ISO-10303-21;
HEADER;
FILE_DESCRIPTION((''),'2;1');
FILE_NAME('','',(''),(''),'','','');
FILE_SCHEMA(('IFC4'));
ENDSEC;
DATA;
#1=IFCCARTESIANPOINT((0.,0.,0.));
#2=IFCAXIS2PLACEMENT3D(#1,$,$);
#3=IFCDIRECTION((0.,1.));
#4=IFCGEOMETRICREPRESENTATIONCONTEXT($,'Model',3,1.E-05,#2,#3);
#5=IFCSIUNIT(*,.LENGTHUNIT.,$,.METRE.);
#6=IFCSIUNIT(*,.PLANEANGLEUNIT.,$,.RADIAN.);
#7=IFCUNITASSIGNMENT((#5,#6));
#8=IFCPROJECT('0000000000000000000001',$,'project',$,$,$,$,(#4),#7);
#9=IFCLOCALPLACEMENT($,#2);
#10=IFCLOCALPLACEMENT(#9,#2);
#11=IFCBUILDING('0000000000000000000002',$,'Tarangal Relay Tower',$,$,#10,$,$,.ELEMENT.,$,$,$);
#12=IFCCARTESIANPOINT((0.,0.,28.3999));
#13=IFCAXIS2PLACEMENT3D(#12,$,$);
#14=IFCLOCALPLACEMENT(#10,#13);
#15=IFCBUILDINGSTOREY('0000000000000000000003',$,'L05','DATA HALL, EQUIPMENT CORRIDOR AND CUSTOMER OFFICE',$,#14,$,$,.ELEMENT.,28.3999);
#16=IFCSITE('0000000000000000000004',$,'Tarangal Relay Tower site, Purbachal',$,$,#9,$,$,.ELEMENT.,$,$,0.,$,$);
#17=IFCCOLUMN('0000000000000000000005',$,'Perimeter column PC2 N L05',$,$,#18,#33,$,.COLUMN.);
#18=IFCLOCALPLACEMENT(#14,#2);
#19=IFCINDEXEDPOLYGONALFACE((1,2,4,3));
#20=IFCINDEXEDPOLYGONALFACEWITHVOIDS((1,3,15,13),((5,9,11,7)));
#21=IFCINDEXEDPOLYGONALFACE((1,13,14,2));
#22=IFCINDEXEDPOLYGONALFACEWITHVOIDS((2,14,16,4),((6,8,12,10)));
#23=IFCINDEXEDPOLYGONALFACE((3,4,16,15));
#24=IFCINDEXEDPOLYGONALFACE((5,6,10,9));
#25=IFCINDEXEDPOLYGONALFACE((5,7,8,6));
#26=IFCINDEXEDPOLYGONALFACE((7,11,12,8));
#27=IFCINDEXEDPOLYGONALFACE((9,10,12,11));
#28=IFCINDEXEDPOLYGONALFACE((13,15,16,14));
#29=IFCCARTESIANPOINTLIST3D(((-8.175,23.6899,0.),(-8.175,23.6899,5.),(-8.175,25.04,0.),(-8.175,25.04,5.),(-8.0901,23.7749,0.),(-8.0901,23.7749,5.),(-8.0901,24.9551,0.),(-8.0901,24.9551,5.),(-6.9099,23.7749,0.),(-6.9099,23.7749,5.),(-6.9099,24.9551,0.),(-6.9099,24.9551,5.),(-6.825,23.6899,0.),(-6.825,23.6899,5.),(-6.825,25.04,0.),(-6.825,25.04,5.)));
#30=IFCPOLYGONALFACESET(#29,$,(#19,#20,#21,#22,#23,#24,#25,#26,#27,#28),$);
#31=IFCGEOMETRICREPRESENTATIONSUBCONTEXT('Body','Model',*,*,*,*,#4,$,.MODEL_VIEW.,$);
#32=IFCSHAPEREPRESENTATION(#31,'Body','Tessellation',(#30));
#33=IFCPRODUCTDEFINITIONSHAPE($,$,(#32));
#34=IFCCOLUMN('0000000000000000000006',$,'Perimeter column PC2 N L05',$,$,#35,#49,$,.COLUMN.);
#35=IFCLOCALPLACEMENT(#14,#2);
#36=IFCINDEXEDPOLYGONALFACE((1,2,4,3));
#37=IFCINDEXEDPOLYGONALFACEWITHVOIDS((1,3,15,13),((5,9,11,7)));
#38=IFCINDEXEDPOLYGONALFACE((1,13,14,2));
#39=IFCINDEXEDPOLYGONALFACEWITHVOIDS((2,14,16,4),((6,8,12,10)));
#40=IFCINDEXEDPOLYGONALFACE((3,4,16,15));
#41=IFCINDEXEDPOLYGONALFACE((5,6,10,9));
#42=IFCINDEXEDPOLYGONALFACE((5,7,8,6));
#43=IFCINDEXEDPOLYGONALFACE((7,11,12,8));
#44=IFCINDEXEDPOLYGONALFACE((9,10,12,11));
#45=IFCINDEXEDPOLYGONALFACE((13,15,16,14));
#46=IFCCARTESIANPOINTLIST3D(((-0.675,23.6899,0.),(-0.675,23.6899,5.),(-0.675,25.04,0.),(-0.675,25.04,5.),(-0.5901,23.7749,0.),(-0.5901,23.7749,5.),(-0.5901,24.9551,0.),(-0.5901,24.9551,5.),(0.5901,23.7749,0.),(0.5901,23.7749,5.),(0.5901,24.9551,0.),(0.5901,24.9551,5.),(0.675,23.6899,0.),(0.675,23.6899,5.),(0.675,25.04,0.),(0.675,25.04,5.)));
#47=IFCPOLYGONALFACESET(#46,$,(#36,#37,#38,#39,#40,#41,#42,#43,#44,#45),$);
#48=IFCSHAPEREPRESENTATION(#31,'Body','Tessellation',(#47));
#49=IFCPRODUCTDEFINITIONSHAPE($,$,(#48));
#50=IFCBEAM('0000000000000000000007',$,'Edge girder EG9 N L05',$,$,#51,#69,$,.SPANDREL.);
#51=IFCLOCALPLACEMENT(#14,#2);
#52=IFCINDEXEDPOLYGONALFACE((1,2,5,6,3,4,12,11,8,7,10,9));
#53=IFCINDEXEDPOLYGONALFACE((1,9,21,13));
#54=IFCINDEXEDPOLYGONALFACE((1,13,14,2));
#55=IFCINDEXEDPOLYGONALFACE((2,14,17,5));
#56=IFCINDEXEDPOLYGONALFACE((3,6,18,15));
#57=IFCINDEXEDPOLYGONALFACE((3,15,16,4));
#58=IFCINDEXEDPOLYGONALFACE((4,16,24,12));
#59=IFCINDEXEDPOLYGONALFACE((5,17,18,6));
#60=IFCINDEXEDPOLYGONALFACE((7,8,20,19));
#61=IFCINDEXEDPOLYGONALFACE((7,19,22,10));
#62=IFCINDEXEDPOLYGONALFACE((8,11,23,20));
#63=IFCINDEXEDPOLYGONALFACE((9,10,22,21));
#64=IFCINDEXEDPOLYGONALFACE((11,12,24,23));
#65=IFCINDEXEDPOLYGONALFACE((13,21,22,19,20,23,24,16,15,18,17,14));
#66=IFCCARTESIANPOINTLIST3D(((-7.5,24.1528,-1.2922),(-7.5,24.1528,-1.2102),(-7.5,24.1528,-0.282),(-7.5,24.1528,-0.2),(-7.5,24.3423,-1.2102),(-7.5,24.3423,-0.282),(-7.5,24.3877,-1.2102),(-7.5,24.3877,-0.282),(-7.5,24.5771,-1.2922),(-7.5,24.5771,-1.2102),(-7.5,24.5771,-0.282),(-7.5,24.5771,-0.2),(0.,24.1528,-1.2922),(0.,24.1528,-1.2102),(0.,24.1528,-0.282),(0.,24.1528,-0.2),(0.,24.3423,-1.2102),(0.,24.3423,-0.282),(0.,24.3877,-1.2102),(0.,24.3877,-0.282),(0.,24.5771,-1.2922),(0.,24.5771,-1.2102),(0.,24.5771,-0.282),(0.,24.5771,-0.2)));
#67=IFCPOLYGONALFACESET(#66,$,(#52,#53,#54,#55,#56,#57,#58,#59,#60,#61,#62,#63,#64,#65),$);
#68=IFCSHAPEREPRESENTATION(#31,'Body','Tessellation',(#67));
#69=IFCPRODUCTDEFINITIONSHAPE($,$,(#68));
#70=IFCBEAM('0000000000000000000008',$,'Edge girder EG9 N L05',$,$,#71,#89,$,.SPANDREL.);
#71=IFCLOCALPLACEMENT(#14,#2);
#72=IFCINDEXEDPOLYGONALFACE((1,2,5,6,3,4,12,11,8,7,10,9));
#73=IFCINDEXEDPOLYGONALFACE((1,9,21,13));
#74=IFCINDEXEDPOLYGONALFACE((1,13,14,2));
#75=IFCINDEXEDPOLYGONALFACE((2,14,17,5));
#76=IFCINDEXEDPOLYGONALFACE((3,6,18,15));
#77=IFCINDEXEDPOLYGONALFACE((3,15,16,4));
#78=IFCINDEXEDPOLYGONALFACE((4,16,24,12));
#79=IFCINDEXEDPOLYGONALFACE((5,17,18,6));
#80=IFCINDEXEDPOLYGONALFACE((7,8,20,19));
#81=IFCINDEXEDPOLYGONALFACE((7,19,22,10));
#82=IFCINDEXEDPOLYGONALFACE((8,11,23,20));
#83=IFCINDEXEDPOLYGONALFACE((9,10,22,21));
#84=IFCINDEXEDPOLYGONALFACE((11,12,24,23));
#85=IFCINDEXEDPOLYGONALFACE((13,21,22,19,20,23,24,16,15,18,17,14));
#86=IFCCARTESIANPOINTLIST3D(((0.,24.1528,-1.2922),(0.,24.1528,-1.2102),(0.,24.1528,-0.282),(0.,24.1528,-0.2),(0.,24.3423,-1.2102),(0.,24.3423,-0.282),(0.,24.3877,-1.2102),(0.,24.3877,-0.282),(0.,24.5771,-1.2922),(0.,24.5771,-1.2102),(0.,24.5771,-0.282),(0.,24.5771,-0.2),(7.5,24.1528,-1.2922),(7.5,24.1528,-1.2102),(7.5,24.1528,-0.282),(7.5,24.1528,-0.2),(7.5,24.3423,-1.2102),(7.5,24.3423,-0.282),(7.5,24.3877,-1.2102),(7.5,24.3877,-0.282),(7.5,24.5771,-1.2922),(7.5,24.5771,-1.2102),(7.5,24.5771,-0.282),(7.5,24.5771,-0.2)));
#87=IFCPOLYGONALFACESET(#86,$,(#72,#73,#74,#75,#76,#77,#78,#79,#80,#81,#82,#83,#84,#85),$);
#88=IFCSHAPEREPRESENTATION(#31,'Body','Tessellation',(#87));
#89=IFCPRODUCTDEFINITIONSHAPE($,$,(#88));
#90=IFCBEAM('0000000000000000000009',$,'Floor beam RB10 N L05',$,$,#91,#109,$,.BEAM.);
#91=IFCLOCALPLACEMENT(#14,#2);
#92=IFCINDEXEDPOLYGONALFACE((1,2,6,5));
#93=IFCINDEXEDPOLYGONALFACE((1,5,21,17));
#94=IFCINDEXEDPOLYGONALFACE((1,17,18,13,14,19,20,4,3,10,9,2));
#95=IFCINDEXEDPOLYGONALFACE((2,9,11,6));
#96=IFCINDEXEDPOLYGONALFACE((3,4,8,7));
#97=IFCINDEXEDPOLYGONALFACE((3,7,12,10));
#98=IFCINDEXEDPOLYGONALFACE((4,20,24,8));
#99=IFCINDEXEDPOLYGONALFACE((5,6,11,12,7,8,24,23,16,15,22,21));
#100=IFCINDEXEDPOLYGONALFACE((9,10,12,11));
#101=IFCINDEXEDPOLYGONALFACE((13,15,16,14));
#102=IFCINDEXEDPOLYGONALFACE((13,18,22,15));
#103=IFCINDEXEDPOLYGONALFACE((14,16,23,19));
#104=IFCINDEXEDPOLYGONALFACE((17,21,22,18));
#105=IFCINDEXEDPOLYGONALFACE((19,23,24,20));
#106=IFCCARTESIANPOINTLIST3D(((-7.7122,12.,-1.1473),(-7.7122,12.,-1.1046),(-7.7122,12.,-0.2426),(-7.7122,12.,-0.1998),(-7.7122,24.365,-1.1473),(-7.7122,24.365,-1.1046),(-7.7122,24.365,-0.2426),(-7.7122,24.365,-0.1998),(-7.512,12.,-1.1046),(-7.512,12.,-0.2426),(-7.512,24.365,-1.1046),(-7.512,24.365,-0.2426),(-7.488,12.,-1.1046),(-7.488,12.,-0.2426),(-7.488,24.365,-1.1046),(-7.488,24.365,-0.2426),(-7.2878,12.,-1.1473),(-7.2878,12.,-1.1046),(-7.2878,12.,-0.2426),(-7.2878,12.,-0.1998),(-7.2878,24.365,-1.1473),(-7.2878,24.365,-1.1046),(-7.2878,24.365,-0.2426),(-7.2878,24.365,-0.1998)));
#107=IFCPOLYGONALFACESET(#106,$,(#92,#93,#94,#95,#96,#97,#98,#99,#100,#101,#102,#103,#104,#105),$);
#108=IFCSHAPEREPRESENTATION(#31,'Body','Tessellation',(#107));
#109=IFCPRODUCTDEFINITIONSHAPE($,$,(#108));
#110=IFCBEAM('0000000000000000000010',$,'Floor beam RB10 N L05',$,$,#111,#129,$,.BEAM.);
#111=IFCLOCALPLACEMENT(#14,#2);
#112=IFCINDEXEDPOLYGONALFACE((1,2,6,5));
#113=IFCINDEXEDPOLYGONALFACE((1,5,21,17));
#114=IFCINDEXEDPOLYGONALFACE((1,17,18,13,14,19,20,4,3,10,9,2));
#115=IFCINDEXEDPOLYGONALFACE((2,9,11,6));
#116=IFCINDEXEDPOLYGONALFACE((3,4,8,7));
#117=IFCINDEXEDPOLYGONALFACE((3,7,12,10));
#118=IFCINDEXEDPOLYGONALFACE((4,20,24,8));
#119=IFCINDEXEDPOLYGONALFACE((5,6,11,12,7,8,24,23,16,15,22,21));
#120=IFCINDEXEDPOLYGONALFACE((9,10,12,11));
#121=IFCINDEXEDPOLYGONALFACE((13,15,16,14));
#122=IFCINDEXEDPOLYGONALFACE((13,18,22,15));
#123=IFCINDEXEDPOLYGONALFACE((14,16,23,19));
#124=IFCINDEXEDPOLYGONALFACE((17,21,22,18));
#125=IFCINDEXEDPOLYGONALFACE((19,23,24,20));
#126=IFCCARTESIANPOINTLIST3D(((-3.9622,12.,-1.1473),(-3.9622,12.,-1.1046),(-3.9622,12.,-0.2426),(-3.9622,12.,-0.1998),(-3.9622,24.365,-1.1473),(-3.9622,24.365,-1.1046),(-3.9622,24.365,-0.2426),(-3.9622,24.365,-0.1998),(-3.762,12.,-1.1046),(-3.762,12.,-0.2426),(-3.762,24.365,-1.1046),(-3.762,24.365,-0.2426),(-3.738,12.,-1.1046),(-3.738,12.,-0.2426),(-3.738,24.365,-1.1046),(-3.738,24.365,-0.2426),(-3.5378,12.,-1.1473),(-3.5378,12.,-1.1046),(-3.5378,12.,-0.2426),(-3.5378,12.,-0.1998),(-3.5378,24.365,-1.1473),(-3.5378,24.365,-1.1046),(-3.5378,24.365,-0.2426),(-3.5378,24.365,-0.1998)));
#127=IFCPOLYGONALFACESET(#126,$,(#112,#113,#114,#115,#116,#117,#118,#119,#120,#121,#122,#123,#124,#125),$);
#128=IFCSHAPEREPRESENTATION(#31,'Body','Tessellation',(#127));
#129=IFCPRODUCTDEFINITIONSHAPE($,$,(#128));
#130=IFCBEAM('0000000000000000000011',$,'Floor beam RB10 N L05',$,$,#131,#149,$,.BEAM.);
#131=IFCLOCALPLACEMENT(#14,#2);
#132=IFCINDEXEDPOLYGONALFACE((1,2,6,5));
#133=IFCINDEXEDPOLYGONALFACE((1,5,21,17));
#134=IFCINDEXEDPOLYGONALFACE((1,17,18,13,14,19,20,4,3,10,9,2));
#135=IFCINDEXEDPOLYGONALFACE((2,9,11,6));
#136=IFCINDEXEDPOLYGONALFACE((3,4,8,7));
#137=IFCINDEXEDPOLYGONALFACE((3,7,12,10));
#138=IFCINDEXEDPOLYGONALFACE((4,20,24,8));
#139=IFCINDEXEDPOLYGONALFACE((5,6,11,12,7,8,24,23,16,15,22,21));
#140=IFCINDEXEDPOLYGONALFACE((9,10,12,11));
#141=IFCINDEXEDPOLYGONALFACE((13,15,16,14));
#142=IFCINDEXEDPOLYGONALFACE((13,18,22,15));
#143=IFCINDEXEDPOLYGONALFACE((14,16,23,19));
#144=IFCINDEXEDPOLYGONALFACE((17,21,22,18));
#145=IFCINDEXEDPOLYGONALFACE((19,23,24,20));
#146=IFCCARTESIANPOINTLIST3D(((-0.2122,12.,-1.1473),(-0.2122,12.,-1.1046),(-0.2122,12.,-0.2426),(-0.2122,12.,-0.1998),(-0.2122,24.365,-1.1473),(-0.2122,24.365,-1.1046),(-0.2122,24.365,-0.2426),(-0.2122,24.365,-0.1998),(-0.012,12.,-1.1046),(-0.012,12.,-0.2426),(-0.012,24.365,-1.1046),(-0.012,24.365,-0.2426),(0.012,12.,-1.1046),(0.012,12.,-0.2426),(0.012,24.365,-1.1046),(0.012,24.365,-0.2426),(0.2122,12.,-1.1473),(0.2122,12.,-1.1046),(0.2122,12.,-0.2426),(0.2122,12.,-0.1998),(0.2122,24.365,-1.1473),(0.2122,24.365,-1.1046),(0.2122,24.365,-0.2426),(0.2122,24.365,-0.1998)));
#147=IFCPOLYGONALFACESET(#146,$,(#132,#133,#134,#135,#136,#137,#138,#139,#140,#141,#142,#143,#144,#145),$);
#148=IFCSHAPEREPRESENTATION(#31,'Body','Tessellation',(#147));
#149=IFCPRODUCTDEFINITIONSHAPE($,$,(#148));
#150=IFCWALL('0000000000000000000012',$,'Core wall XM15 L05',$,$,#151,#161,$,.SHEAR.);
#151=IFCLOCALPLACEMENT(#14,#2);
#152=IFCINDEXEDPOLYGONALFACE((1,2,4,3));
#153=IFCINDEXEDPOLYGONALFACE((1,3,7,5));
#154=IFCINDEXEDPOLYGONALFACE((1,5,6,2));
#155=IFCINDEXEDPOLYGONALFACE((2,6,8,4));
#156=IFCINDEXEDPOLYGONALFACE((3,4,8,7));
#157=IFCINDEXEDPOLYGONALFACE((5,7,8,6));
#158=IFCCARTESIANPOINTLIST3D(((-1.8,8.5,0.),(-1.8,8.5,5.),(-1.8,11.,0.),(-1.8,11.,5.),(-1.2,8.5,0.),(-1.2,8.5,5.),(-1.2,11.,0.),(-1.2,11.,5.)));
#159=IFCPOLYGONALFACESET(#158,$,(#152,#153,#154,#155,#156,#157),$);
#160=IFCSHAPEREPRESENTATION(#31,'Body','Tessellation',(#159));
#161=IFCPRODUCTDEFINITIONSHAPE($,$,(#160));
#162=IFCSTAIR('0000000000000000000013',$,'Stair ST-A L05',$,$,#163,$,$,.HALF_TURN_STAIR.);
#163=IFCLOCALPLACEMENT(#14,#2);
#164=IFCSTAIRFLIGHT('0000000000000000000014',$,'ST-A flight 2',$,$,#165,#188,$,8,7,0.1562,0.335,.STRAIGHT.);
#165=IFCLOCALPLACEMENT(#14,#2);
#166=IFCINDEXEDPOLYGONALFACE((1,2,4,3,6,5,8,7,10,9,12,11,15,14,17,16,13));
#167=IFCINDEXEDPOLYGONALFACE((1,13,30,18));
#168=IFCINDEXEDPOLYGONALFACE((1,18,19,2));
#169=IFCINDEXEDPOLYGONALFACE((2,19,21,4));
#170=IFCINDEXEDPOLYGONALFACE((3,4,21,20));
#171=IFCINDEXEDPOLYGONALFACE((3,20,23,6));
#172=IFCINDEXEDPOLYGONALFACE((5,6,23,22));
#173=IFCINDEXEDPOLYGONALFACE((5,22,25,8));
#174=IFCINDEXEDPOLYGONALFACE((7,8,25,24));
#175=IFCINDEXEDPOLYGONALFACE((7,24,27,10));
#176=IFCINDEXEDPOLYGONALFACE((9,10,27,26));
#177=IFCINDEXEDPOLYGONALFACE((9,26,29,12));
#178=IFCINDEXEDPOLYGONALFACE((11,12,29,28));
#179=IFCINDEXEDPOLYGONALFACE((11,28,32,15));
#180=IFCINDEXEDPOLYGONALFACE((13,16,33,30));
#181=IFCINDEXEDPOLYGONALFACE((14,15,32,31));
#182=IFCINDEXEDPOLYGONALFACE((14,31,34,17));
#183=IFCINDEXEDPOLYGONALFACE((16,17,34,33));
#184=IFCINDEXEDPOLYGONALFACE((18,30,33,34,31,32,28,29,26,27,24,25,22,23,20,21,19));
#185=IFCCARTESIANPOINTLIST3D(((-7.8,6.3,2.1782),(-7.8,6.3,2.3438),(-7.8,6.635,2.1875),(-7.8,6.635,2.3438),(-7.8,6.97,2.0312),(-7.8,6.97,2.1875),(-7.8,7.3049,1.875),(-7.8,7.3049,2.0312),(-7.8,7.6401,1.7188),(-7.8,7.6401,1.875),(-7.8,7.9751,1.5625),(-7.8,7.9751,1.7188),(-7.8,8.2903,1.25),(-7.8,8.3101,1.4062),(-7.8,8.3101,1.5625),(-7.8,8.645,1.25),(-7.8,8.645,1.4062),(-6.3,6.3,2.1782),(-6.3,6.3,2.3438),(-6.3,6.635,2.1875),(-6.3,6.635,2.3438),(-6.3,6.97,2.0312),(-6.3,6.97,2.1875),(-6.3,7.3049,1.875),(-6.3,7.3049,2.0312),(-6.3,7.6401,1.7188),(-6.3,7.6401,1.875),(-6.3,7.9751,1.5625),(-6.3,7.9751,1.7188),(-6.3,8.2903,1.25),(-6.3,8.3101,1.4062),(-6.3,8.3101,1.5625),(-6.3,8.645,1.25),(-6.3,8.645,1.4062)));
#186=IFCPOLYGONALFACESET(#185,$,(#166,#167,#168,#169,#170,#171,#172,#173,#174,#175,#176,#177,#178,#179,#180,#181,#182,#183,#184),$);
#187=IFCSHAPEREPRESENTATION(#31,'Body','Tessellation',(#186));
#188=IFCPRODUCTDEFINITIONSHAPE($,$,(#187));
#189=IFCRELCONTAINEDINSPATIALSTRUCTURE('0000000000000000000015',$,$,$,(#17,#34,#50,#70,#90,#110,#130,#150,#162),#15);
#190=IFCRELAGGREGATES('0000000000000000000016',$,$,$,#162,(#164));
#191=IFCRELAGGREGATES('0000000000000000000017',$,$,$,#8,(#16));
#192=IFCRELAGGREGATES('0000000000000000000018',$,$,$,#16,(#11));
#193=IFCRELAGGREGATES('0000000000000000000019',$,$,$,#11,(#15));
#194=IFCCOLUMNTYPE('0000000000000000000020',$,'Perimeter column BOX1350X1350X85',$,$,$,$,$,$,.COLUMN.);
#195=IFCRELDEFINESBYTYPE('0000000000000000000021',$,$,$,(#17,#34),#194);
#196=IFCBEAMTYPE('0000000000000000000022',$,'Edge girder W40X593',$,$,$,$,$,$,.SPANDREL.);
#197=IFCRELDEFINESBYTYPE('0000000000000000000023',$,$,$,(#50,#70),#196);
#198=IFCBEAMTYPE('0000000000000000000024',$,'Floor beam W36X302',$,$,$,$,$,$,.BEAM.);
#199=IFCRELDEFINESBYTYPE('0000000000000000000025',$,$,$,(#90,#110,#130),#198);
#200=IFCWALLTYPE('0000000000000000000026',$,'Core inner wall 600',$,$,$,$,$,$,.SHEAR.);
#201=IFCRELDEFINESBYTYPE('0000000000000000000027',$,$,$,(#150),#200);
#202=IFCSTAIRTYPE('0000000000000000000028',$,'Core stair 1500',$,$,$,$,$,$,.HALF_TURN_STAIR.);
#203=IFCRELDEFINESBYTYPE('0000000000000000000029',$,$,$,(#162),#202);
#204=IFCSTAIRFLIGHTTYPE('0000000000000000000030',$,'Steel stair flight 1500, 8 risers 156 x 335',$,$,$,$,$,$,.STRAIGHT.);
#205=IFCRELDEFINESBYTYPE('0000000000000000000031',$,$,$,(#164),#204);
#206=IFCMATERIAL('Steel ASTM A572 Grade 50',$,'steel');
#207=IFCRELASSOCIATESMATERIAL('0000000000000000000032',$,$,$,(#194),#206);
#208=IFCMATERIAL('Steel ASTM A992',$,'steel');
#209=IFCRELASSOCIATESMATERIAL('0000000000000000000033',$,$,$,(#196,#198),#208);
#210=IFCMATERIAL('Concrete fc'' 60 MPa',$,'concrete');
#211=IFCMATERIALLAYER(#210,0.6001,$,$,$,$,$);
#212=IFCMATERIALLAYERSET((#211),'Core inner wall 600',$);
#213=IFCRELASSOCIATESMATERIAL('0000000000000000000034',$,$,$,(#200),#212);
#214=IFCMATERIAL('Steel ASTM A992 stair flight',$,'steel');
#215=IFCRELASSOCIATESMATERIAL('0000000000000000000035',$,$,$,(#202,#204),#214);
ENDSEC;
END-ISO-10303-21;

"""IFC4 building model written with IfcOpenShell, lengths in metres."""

from ifc_helpers import new_model, si_unit, direction, frame, frame_2d, origin, origin_2d, place, context, subcontext, project, spatial, polyline, rectangle, hollow_rectangle, i_section, outline, extrude, material, layer, layer_set, material_profile, profile_set, type_object, element, aggregate, save


model = new_model("IFC4")

# Units and contexts
model_context = context("Model", 3, precision=1e-05, world=origin(), true_north=direction((0.0, 1.0)))
body_context = subcontext(model_context, "Body", "Model", "MODEL_VIEW")
ifc_project = project(units=[si_unit("LENGTHUNIT", "METRE"), si_unit("PLANEANGLEUNIT", "RADIAN")], contexts=[model_context])

# Site, building, storey
site_placement = place(None, origin())
site = spatial("IfcSite", under=ifc_project, at=site_placement, Name="Tarangal Relay Tower site, Purbachal", CompositionType="ELEMENT", RefElevation=0.0)
building_placement = place(site_placement, origin())
building = spatial("IfcBuilding", under=site, at=building_placement, Name="Tarangal Relay Tower", CompositionType="ELEMENT")
storey_placement = place(building_placement, frame((0.0, 0.0, 28.3999)))
storey = spatial("IfcBuildingStorey", under=building, at=storey_placement, Name="L05", Description="DATA HALL, EQUIPMENT CORRIDOR AND CUSTOMER OFFICE", CompositionType="ELEMENT", Elevation=28.3999)

# Columns
ifc_material_1 = material(Name="Steel ASTM A572 Grade 50", Category="steel")
ifc_material_profile_1 = material_profile(ifc_material_1, hollow_rectangle(XDim=1.3501, YDim=1.3501, WallThickness=0.085, at=origin_2d()), Name="BOX1350X1350X85")
ifc_profile_set_1 = profile_set([ifc_material_profile_1], Name="Steel ASTM A572 Grade 50")
column_type = type_object("IfcColumnType", Name="Perimeter column BOX1350X1350X85", PredefinedType="COLUMN", material=ifc_profile_set_1)
for number, where, z_axis, x_axis, name in (
    (1, (-7.5, 24.365, 0.0), (0.0, 0.0, 1.0), (1.0, 0.0, 0.0), "Perimeter column PC2 N L05"),
    (2, (0.0, 24.365, 0.0), (0.0, 0.0, 1.0), (1.0, 0.0, 0.0), "Perimeter column PC2 N L05"),
):
    element("IfcColumn", number, at=place(storey_placement, frame(where, z_axis=z_axis, x_axis=x_axis)), inside=storey, type_object=column_type, Name=name, PredefinedType="COLUMN", context=body_context, shape_type="SweptSolid", body=[
        extrude(hollow_rectangle(XDim=1.3501, YDim=1.3501, WallThickness=0.085, at=origin_2d()), origin(), (0.0, 0.0, 1.0), 5.0),
    ])

# Beams
ifc_material_2 = material(Name="Steel ASTM A992", Category="steel")
ifc_material_profile_2 = material_profile(ifc_material_2, i_section(OverallWidth=0.4243, OverallDepth=1.0923, WebThickness=0.0454, FlangeThickness=0.082, at=origin_2d()), Name="W40X593")
ifc_profile_set_2 = profile_set([ifc_material_profile_2], Name="Steel ASTM A992")
beam_type_1 = type_object("IfcBeamType", Name="Edge girder W40X593", PredefinedType="SPANDREL", material=ifc_profile_set_2)
for number, where, z_axis, x_axis, name in (
    (3, (-7.5, 24.365, -0.7461), (1.0, 0.0, 0.0), (0.0, 1.0, 0.0), "Edge girder EG9 N L05"),
    (4, (0.0, 24.365, -0.7461), (1.0, 0.0, 0.0), (0.0, 1.0, 0.0), "Edge girder EG9 N L05"),
):
    element("IfcBeam", number, at=place(storey_placement, frame(where, z_axis=z_axis, x_axis=x_axis)), inside=storey, type_object=beam_type_1, Name=name, PredefinedType="SPANDREL", context=body_context, shape_type="SweptSolid", body=[
        extrude(i_section(OverallWidth=0.4243, OverallDepth=1.0923, WebThickness=0.0454, FlangeThickness=0.082, at=origin_2d()), origin(), (0.0, 0.0, 1.0), 7.5),
    ])
ifc_material_profile_3 = material_profile(ifc_material_2, i_section(OverallWidth=0.4243, OverallDepth=0.9475, WebThickness=0.0239, FlangeThickness=0.0427, at=origin_2d()), Name="W36X302")
ifc_profile_set_3 = profile_set([ifc_material_profile_3], Name="Steel ASTM A992")
beam_type_2 = type_object("IfcBeamType", Name="Floor beam W36X302", PredefinedType="BEAM", material=ifc_profile_set_3)
for number, where, z_axis, x_axis, name in (
    (5, (-7.5, 12.0, -0.6736), (0.0, 1.0, 0.0), (-1.0, 0.0, 0.0), "Floor beam RB10 N L05"),
    (6, (-3.75, 12.0, -0.6736), (0.0, 1.0, 0.0), (-1.0, 0.0, 0.0), "Floor beam RB10 N L05"),
    (7, (0.0, 12.0, -0.6736), (0.0, 1.0, 0.0), (-1.0, 0.0, 0.0), "Floor beam RB10 N L05"),
):
    element("IfcBeam", number, at=place(storey_placement, frame(where, z_axis=z_axis, x_axis=x_axis)), inside=storey, type_object=beam_type_2, Name=name, PredefinedType="BEAM", context=body_context, shape_type="SweptSolid", body=[
        extrude(i_section(OverallWidth=0.4243, OverallDepth=0.9475, WebThickness=0.0239, FlangeThickness=0.0427, at=origin_2d()), origin(), (0.0, 0.0, 1.0), 12.365),
    ])

# Wall
ifc_material_3 = material(Name="Concrete fc' 60 MPa", Category="concrete")
ifc_layer = layer(ifc_material_3, 0.6001)
ifc_layer_set = layer_set([ifc_layer], Name="Core inner wall 600")
wall_type = type_object("IfcWallType", Name="Core inner wall 600", PredefinedType="SHEAR", material=ifc_layer_set)
wall_placement = place(storey_placement, frame((-1.5, 8.5, 0.0), z_axis=(0.0, 0.0, 1.0), x_axis=(0.0, 1.0, 0.0)))
element("IfcWall", 8, at=wall_placement, inside=storey, type_object=wall_type, Name="Core wall XM15 L05", PredefinedType="SHEAR", context=body_context, shape_type="SweptSolid", body=[
    extrude(rectangle(XDim=2.5, YDim=0.6001, at=frame_2d((1.25, 0.0))), origin(), (0.0, 0.0, 1.0), 5.0),
])

# Stair, stair flight
ifc_material_4 = material(Name="Steel ASTM A992 stair flight", Category="steel")
stair_type = type_object("IfcStairType", Name="Core stair 1500", PredefinedType="HALF_TURN_STAIR", material=ifc_material_4)
stair_placement = place(storey_placement, origin())
stair = element("IfcStair", 9, at=stair_placement, inside=storey, type_object=stair_type, Name="Stair ST-A L05", PredefinedType="HALF_TURN_STAIR")
stair_flight_type = type_object("IfcStairFlightType", Name="Steel stair flight 1500, 8 risers 156 x 335", PredefinedType="STRAIGHT", material=ifc_material_4)
stair_flight_1_placement = place(storey_placement, frame((-7.05, 8.645, 1.25), z_axis=(0.0, 0.0, 1.0), x_axis=(0.0, -1.0, 0.0)))
stair_flight_1 = element("IfcStairFlight", 10, at=stair_flight_1_placement, type_object=stair_flight_type, Name="ST-A flight 2", NumberOfRisers=8, NumberOfTreads=7, PredefinedType="STRAIGHT", RiserHeight=0.1562, TreadLength=0.335, context=body_context, shape_type="SweptSolid", body=[
    extrude(outline(polyline([(0.0, 0.0), (0.0, 0.1562), (0.335, 0.1562), (0.335, 0.3125), (0.6699, 0.3125), (0.6699, 0.4688), (1.0049, 0.4688), (1.0049, 0.625), (1.3401, 0.625), (1.3401, 0.7812), (1.675, 0.7812), (1.675, 0.9375), (2.01, 0.9375), (2.01, 1.0938), (2.345, 1.0938), (2.345, 1.25), (2.345, 0.9282), (0.3547, 0.0), (0.0, 0.0)])), frame((0.0, 0.75, 0.0), z_axis=(0.0, -1.0, 0.0), x_axis=(1.0, 0.0, 0.0)), (0.0, 0.0, 1.0), 1.5),
])
aggregate(stair, [stair_flight_1])

save(model, "model.ifc")
